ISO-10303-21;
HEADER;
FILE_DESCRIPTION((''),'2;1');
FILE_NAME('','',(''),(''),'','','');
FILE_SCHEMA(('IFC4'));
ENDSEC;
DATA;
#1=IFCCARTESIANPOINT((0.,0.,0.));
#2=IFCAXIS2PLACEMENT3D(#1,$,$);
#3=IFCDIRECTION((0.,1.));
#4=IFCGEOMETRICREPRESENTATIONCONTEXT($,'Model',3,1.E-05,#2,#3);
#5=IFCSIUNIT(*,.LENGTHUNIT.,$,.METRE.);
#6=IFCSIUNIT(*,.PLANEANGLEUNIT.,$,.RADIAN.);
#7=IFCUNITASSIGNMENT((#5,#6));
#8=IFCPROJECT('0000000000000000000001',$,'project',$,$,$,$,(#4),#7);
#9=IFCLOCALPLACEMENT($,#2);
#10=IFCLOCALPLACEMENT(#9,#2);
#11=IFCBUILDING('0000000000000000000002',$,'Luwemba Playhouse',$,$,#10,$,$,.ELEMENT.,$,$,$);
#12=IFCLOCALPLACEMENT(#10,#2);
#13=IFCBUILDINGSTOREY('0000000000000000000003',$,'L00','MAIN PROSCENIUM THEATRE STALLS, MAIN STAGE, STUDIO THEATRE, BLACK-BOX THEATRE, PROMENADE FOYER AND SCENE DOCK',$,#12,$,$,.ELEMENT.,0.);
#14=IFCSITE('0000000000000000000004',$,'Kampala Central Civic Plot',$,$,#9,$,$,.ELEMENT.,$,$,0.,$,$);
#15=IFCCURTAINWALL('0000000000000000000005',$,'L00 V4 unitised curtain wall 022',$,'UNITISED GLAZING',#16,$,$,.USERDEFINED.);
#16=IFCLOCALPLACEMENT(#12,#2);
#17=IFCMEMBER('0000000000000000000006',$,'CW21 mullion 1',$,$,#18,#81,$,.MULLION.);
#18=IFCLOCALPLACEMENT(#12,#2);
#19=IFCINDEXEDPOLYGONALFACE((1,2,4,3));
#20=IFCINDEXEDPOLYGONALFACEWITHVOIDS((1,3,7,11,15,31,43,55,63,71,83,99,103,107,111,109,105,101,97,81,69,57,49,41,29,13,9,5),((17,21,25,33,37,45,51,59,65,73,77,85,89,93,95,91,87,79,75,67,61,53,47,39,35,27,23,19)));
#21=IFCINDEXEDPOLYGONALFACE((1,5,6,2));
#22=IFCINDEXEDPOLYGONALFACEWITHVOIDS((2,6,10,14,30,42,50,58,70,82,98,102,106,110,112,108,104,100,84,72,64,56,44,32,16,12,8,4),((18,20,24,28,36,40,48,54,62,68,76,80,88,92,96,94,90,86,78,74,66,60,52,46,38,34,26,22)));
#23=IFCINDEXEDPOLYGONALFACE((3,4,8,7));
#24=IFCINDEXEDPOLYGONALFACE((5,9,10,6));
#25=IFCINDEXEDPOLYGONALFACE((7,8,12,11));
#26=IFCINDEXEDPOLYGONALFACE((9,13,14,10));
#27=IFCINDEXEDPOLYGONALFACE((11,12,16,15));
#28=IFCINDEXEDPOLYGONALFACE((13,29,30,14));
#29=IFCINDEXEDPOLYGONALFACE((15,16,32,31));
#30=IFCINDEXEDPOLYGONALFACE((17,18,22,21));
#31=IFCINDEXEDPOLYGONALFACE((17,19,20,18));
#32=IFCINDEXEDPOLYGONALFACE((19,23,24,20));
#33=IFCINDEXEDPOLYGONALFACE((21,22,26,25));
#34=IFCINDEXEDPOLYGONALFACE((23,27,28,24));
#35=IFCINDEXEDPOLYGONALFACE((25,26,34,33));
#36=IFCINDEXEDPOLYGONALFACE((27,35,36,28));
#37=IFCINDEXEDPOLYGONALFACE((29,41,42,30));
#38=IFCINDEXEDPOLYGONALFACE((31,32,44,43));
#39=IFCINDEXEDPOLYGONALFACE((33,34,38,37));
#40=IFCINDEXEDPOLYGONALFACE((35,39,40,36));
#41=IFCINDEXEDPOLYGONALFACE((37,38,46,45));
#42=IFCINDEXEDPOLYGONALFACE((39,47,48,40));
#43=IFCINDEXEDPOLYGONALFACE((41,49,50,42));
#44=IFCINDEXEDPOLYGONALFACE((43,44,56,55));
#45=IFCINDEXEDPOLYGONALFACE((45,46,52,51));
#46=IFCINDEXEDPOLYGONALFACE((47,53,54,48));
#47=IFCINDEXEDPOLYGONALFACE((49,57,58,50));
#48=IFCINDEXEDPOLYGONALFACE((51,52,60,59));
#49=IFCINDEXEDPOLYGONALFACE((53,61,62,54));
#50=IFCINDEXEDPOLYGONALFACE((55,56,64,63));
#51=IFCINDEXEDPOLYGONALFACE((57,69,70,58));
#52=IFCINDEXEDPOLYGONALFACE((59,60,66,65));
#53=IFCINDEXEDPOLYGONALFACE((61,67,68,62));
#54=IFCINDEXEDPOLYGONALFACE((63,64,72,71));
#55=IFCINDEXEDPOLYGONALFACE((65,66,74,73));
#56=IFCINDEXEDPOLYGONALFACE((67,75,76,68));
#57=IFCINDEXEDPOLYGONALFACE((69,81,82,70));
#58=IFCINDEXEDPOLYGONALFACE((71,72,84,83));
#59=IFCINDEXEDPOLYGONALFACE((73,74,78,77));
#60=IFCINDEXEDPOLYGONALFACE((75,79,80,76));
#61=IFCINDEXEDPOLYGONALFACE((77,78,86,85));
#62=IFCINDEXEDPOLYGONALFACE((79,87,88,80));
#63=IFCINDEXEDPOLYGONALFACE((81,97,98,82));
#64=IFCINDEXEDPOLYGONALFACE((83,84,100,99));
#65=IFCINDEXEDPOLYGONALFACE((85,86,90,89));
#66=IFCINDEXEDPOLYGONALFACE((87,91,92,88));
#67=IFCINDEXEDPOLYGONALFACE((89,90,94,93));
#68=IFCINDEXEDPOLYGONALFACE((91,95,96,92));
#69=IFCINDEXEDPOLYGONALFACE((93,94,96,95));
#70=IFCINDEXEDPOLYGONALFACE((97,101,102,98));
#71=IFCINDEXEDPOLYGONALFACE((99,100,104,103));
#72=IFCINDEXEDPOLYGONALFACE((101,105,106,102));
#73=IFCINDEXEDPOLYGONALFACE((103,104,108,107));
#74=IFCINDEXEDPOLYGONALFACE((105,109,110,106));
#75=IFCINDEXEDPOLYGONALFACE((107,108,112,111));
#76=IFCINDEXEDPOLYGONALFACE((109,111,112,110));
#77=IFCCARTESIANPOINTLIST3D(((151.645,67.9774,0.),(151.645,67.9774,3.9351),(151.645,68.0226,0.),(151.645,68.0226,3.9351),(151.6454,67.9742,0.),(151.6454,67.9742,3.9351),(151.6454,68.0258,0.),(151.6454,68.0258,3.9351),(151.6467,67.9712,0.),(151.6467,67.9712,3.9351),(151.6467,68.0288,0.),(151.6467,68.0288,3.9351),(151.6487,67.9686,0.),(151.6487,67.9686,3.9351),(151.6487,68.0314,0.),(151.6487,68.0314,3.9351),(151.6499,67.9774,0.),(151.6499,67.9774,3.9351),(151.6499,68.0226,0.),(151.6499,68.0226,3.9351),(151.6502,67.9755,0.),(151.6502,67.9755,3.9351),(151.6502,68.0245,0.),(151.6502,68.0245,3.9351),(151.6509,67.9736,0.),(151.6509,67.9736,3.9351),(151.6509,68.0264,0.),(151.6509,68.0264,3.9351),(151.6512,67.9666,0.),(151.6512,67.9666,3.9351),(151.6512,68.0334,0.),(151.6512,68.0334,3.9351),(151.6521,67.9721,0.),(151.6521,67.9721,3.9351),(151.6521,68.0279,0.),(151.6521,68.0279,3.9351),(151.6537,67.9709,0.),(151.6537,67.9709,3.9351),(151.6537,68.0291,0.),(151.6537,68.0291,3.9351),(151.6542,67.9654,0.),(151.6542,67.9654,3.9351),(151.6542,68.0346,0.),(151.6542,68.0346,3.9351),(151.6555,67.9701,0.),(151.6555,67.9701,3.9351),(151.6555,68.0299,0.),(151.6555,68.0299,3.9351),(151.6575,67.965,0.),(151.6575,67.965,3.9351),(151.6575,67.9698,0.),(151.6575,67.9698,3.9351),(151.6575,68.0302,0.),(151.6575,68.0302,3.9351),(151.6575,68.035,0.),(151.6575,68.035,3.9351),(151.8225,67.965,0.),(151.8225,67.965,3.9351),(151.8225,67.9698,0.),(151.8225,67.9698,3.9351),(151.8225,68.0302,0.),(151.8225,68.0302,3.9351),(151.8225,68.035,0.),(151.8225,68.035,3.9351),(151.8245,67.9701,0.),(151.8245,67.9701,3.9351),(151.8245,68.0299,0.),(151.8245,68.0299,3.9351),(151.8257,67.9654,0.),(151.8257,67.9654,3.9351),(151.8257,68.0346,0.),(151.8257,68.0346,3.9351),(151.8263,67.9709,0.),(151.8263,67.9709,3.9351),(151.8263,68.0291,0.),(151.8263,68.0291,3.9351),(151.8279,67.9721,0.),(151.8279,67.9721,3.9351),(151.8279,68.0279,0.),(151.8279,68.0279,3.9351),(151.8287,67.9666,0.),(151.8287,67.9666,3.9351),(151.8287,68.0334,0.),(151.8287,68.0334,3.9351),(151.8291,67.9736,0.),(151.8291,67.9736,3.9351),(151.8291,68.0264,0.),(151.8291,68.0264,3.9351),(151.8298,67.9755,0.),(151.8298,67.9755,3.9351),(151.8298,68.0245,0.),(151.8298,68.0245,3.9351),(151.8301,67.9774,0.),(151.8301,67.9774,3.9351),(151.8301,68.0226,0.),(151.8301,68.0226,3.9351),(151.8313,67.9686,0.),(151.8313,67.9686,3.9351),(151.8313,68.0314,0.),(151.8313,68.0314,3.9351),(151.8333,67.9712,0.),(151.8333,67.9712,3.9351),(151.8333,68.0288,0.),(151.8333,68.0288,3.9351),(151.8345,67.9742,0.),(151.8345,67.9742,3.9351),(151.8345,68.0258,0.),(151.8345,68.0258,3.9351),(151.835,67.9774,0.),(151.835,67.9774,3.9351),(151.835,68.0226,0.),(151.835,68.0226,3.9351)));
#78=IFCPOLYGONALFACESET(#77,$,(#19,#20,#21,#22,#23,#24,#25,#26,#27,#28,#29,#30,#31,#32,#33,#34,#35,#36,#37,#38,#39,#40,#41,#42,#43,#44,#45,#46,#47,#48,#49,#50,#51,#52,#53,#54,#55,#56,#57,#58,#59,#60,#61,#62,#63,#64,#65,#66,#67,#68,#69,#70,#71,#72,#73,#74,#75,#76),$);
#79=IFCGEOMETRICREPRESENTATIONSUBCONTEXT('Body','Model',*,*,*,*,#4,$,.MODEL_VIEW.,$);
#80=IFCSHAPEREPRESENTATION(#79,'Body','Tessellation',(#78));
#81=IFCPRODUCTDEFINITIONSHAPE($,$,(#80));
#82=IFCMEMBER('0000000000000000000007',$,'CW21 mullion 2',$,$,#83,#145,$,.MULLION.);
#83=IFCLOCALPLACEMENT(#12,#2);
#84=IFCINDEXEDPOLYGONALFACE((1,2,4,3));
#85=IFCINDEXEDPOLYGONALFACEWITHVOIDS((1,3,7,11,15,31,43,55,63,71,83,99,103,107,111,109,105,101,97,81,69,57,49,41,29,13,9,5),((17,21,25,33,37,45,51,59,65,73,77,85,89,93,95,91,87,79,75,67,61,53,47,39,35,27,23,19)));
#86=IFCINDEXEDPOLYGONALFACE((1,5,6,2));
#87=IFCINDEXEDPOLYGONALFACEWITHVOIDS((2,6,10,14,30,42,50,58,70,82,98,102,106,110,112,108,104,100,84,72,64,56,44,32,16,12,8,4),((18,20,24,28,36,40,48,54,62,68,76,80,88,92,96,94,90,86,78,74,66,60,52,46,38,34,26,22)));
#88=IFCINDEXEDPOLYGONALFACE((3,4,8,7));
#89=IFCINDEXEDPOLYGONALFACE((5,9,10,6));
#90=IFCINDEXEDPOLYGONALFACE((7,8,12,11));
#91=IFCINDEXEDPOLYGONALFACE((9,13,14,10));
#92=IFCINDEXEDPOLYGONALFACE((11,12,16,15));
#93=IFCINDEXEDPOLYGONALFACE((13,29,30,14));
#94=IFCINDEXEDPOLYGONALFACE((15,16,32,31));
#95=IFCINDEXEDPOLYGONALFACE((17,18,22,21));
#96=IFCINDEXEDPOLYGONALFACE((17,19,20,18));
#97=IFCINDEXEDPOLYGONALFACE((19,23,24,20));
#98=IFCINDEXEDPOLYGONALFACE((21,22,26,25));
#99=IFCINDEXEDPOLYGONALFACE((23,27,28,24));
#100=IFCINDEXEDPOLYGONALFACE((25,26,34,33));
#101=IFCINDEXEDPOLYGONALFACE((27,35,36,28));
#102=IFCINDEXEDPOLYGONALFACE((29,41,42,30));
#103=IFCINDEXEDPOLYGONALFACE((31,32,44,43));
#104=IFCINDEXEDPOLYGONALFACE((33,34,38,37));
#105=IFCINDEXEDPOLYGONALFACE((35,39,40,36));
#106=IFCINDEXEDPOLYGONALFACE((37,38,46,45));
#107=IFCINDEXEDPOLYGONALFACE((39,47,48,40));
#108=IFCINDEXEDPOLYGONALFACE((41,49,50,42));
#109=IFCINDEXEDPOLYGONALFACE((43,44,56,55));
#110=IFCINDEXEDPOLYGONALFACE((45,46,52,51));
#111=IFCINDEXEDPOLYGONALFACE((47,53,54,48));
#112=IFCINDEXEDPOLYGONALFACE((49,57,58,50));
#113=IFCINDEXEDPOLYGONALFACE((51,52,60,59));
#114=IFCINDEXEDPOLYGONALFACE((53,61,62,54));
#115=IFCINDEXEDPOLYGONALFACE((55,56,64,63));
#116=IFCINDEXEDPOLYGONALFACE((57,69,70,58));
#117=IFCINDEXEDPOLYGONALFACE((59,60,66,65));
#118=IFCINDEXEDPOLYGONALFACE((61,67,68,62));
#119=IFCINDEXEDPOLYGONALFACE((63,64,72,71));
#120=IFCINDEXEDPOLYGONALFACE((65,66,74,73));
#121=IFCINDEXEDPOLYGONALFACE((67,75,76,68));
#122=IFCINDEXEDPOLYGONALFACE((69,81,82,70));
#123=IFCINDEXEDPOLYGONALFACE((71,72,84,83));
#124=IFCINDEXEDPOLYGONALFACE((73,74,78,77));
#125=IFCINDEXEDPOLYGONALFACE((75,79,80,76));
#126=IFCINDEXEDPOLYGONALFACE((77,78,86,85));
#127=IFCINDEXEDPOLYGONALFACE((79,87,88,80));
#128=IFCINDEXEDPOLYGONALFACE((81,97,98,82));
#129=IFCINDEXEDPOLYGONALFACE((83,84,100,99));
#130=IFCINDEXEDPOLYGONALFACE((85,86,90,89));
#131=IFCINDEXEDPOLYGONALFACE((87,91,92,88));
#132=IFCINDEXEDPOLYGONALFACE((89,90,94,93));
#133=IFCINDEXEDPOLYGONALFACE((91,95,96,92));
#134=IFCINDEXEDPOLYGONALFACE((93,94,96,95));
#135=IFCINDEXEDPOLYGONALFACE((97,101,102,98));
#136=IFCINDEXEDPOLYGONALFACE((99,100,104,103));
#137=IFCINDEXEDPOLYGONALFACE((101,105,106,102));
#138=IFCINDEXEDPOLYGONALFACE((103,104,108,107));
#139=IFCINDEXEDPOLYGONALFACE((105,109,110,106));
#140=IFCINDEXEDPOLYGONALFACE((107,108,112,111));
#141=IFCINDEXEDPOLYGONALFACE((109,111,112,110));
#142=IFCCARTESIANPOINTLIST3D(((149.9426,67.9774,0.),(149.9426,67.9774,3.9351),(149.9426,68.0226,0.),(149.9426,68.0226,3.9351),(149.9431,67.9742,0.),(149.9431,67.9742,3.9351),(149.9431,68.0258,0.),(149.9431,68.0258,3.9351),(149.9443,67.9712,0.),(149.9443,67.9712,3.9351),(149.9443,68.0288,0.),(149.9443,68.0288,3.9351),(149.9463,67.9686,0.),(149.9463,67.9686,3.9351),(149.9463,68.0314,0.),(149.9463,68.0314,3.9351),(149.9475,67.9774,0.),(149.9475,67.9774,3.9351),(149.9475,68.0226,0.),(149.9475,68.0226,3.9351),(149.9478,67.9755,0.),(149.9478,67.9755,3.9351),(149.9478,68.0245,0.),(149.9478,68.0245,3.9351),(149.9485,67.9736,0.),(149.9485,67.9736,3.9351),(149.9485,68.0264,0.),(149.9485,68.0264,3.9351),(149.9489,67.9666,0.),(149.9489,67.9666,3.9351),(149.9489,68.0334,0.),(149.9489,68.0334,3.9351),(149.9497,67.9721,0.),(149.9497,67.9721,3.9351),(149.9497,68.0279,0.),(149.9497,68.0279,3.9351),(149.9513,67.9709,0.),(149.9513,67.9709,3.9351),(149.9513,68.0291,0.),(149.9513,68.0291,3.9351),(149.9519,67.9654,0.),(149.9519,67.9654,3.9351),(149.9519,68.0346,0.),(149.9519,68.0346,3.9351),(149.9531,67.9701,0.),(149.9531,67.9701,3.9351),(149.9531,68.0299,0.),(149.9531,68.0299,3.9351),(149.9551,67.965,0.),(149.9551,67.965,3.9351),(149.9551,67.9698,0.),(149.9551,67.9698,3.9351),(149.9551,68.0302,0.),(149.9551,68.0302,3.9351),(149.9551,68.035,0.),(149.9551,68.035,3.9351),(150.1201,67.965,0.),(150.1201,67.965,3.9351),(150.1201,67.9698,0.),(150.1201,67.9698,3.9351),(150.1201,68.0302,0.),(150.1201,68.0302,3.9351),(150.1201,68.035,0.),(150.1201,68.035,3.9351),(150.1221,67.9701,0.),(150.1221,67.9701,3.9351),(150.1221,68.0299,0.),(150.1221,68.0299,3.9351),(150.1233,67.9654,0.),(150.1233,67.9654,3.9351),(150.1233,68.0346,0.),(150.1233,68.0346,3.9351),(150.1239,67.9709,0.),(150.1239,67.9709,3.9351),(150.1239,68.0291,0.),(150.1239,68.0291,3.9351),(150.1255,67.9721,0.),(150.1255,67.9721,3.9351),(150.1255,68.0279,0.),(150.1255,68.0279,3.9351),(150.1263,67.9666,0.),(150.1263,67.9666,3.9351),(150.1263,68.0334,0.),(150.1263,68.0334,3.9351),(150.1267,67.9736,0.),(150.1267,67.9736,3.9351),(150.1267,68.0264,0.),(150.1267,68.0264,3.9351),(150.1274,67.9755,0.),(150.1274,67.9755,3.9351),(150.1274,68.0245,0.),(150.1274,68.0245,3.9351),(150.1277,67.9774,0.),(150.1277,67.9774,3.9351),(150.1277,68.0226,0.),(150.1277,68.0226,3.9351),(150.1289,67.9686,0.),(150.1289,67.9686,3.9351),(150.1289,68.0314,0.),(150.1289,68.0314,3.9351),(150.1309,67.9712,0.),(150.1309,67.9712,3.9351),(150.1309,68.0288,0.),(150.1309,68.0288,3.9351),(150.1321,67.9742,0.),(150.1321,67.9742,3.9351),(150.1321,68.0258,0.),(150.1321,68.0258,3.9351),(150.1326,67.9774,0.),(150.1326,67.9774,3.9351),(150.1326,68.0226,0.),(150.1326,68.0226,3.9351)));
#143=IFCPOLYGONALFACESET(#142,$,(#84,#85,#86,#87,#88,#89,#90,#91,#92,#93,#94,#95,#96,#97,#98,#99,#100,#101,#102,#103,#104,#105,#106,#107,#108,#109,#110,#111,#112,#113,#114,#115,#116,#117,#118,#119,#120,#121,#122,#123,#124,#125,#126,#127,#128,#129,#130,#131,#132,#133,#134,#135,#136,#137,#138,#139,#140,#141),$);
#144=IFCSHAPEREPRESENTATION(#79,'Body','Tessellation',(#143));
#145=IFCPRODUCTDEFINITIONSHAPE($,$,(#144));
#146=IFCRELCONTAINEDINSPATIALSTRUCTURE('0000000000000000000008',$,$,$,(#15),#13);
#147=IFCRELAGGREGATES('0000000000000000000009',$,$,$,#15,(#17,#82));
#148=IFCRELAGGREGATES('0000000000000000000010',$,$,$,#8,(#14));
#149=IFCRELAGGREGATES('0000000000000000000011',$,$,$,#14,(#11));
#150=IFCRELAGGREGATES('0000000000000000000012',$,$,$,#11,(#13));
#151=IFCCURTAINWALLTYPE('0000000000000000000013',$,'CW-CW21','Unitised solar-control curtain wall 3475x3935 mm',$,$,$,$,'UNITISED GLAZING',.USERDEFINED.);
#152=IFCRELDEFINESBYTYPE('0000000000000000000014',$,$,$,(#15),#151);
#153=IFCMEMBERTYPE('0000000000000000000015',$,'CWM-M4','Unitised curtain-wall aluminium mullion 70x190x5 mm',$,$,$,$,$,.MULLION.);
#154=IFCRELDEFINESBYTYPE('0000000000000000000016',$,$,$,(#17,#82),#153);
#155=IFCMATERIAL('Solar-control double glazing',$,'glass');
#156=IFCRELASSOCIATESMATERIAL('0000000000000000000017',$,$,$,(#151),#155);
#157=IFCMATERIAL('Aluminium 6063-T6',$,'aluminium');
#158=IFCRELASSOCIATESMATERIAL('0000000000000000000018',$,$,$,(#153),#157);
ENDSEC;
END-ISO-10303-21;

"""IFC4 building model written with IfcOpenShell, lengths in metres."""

from ifc_helpers import new_model, si_unit, direction, frame, origin, origin_2d, place, context, subcontext, project, spatial, hollow_rectangle, extrude, material, material_profile, profile_set, type_object, element, aggregate, save


model = new_model("IFC4")

# Units and contexts
model_context = context("Model", 3, precision=1e-05, world=origin(), true_north=direction((0.0, 1.0)))
body_context = subcontext(model_context, "Body", "Model", "MODEL_VIEW")
ifc_project = project(units=[si_unit("LENGTHUNIT", "METRE"), si_unit("PLANEANGLEUNIT", "RADIAN")], contexts=[model_context])

# Site, building, storey
site_placement = place(None, origin())
site = spatial("IfcSite", under=ifc_project, at=site_placement, Name="Kampala Central Civic Plot", CompositionType="ELEMENT", RefElevation=0.0)
building_placement = place(site_placement, origin())
building = spatial("IfcBuilding", under=site, at=building_placement, Name="Luwemba Playhouse", CompositionType="ELEMENT")
storey_placement = place(building_placement, origin())
storey = spatial("IfcBuildingStorey", under=building, at=storey_placement, Name="L00", Description="MAIN PROSCENIUM THEATRE STALLS, MAIN STAGE, STUDIO THEATRE, BLACK-BOX THEATRE, PROMENADE FOYER AND SCENE DOCK", CompositionType="ELEMENT", Elevation=0.0)

# Shared definitions
ifc_material_1 = material(Name="Solar-control double glazing", Category="glass")
ifc_material_2 = material(Name="Aluminium 6063-T6", Category="aluminium")

# Curtain wall, members
curtain_wall_type_1 = type_object("IfcCurtainWallType", Name="CW-CW21", Description="Unitised solar-control curtain wall 3475x3935 mm", ElementType="UNITISED GLAZING", PredefinedType="USERDEFINED", material=ifc_material_1)
curtain_wall_1_placement = place(storey_placement, origin())
curtain_wall_1 = element("IfcCurtainWall", 1, at=curtain_wall_1_placement, inside=storey, type_object=curtain_wall_type_1, Name="L00 V4 unitised curtain wall 022", ObjectType="UNITISED GLAZING", PredefinedType="USERDEFINED")
ifc_material_profile_1 = material_profile(ifc_material_2, hollow_rectangle(XDim=0.0701, YDim=0.1899, WallThickness=0.0049, InnerFilletRadius=0.0076, OuterFilletRadius=0.0125, at=origin_2d()))
ifc_profile_set_1 = profile_set([ifc_material_profile_1], Name="Aluminium 6063-T6")
member_type_1 = type_object("IfcMemberType", Name="CWM-M4", Description="Unitised curtain-wall aluminium mullion 70x190x5 mm", PredefinedType="MULLION", material=ifc_profile_set_1)
member_1_placement = place(storey_placement, frame((151.74, 68.0, 0.0), z_axis=(0.0, 0.0, 1.0), x_axis=(0.0, -1.0, 0.0)))
member_1 = element("IfcMember", 2, at=member_1_placement, type_object=member_type_1, Name="CW21 mullion 1", PredefinedType="MULLION", context=body_context, shape_type="SweptSolid", body=[
    extrude(hollow_rectangle(XDim=0.0701, YDim=0.1899, WallThickness=0.0049, InnerFilletRadius=0.0076, OuterFilletRadius=0.0125, at=origin_2d()), origin(), (0.0, 0.0, 1.0), 3.9351),
])
member_2_placement = place(storey_placement, frame((150.0376, 68.0, 0.0), z_axis=(0.0, 0.0, 1.0), x_axis=(0.0, -1.0, 0.0)))
member_2 = element("IfcMember", 3, at=member_2_placement, type_object=member_type_1, Name="CW21 mullion 2", PredefinedType="MULLION", context=body_context, shape_type="SweptSolid", body=[
    extrude(hollow_rectangle(XDim=0.0701, YDim=0.1899, WallThickness=0.0049, InnerFilletRadius=0.0076, OuterFilletRadius=0.0125, at=origin_2d()), origin(), (0.0, 0.0, 1.0), 3.9351),
])

aggregate(curtain_wall_1, [member_1, member_2])

save(model, "model.ifc")
